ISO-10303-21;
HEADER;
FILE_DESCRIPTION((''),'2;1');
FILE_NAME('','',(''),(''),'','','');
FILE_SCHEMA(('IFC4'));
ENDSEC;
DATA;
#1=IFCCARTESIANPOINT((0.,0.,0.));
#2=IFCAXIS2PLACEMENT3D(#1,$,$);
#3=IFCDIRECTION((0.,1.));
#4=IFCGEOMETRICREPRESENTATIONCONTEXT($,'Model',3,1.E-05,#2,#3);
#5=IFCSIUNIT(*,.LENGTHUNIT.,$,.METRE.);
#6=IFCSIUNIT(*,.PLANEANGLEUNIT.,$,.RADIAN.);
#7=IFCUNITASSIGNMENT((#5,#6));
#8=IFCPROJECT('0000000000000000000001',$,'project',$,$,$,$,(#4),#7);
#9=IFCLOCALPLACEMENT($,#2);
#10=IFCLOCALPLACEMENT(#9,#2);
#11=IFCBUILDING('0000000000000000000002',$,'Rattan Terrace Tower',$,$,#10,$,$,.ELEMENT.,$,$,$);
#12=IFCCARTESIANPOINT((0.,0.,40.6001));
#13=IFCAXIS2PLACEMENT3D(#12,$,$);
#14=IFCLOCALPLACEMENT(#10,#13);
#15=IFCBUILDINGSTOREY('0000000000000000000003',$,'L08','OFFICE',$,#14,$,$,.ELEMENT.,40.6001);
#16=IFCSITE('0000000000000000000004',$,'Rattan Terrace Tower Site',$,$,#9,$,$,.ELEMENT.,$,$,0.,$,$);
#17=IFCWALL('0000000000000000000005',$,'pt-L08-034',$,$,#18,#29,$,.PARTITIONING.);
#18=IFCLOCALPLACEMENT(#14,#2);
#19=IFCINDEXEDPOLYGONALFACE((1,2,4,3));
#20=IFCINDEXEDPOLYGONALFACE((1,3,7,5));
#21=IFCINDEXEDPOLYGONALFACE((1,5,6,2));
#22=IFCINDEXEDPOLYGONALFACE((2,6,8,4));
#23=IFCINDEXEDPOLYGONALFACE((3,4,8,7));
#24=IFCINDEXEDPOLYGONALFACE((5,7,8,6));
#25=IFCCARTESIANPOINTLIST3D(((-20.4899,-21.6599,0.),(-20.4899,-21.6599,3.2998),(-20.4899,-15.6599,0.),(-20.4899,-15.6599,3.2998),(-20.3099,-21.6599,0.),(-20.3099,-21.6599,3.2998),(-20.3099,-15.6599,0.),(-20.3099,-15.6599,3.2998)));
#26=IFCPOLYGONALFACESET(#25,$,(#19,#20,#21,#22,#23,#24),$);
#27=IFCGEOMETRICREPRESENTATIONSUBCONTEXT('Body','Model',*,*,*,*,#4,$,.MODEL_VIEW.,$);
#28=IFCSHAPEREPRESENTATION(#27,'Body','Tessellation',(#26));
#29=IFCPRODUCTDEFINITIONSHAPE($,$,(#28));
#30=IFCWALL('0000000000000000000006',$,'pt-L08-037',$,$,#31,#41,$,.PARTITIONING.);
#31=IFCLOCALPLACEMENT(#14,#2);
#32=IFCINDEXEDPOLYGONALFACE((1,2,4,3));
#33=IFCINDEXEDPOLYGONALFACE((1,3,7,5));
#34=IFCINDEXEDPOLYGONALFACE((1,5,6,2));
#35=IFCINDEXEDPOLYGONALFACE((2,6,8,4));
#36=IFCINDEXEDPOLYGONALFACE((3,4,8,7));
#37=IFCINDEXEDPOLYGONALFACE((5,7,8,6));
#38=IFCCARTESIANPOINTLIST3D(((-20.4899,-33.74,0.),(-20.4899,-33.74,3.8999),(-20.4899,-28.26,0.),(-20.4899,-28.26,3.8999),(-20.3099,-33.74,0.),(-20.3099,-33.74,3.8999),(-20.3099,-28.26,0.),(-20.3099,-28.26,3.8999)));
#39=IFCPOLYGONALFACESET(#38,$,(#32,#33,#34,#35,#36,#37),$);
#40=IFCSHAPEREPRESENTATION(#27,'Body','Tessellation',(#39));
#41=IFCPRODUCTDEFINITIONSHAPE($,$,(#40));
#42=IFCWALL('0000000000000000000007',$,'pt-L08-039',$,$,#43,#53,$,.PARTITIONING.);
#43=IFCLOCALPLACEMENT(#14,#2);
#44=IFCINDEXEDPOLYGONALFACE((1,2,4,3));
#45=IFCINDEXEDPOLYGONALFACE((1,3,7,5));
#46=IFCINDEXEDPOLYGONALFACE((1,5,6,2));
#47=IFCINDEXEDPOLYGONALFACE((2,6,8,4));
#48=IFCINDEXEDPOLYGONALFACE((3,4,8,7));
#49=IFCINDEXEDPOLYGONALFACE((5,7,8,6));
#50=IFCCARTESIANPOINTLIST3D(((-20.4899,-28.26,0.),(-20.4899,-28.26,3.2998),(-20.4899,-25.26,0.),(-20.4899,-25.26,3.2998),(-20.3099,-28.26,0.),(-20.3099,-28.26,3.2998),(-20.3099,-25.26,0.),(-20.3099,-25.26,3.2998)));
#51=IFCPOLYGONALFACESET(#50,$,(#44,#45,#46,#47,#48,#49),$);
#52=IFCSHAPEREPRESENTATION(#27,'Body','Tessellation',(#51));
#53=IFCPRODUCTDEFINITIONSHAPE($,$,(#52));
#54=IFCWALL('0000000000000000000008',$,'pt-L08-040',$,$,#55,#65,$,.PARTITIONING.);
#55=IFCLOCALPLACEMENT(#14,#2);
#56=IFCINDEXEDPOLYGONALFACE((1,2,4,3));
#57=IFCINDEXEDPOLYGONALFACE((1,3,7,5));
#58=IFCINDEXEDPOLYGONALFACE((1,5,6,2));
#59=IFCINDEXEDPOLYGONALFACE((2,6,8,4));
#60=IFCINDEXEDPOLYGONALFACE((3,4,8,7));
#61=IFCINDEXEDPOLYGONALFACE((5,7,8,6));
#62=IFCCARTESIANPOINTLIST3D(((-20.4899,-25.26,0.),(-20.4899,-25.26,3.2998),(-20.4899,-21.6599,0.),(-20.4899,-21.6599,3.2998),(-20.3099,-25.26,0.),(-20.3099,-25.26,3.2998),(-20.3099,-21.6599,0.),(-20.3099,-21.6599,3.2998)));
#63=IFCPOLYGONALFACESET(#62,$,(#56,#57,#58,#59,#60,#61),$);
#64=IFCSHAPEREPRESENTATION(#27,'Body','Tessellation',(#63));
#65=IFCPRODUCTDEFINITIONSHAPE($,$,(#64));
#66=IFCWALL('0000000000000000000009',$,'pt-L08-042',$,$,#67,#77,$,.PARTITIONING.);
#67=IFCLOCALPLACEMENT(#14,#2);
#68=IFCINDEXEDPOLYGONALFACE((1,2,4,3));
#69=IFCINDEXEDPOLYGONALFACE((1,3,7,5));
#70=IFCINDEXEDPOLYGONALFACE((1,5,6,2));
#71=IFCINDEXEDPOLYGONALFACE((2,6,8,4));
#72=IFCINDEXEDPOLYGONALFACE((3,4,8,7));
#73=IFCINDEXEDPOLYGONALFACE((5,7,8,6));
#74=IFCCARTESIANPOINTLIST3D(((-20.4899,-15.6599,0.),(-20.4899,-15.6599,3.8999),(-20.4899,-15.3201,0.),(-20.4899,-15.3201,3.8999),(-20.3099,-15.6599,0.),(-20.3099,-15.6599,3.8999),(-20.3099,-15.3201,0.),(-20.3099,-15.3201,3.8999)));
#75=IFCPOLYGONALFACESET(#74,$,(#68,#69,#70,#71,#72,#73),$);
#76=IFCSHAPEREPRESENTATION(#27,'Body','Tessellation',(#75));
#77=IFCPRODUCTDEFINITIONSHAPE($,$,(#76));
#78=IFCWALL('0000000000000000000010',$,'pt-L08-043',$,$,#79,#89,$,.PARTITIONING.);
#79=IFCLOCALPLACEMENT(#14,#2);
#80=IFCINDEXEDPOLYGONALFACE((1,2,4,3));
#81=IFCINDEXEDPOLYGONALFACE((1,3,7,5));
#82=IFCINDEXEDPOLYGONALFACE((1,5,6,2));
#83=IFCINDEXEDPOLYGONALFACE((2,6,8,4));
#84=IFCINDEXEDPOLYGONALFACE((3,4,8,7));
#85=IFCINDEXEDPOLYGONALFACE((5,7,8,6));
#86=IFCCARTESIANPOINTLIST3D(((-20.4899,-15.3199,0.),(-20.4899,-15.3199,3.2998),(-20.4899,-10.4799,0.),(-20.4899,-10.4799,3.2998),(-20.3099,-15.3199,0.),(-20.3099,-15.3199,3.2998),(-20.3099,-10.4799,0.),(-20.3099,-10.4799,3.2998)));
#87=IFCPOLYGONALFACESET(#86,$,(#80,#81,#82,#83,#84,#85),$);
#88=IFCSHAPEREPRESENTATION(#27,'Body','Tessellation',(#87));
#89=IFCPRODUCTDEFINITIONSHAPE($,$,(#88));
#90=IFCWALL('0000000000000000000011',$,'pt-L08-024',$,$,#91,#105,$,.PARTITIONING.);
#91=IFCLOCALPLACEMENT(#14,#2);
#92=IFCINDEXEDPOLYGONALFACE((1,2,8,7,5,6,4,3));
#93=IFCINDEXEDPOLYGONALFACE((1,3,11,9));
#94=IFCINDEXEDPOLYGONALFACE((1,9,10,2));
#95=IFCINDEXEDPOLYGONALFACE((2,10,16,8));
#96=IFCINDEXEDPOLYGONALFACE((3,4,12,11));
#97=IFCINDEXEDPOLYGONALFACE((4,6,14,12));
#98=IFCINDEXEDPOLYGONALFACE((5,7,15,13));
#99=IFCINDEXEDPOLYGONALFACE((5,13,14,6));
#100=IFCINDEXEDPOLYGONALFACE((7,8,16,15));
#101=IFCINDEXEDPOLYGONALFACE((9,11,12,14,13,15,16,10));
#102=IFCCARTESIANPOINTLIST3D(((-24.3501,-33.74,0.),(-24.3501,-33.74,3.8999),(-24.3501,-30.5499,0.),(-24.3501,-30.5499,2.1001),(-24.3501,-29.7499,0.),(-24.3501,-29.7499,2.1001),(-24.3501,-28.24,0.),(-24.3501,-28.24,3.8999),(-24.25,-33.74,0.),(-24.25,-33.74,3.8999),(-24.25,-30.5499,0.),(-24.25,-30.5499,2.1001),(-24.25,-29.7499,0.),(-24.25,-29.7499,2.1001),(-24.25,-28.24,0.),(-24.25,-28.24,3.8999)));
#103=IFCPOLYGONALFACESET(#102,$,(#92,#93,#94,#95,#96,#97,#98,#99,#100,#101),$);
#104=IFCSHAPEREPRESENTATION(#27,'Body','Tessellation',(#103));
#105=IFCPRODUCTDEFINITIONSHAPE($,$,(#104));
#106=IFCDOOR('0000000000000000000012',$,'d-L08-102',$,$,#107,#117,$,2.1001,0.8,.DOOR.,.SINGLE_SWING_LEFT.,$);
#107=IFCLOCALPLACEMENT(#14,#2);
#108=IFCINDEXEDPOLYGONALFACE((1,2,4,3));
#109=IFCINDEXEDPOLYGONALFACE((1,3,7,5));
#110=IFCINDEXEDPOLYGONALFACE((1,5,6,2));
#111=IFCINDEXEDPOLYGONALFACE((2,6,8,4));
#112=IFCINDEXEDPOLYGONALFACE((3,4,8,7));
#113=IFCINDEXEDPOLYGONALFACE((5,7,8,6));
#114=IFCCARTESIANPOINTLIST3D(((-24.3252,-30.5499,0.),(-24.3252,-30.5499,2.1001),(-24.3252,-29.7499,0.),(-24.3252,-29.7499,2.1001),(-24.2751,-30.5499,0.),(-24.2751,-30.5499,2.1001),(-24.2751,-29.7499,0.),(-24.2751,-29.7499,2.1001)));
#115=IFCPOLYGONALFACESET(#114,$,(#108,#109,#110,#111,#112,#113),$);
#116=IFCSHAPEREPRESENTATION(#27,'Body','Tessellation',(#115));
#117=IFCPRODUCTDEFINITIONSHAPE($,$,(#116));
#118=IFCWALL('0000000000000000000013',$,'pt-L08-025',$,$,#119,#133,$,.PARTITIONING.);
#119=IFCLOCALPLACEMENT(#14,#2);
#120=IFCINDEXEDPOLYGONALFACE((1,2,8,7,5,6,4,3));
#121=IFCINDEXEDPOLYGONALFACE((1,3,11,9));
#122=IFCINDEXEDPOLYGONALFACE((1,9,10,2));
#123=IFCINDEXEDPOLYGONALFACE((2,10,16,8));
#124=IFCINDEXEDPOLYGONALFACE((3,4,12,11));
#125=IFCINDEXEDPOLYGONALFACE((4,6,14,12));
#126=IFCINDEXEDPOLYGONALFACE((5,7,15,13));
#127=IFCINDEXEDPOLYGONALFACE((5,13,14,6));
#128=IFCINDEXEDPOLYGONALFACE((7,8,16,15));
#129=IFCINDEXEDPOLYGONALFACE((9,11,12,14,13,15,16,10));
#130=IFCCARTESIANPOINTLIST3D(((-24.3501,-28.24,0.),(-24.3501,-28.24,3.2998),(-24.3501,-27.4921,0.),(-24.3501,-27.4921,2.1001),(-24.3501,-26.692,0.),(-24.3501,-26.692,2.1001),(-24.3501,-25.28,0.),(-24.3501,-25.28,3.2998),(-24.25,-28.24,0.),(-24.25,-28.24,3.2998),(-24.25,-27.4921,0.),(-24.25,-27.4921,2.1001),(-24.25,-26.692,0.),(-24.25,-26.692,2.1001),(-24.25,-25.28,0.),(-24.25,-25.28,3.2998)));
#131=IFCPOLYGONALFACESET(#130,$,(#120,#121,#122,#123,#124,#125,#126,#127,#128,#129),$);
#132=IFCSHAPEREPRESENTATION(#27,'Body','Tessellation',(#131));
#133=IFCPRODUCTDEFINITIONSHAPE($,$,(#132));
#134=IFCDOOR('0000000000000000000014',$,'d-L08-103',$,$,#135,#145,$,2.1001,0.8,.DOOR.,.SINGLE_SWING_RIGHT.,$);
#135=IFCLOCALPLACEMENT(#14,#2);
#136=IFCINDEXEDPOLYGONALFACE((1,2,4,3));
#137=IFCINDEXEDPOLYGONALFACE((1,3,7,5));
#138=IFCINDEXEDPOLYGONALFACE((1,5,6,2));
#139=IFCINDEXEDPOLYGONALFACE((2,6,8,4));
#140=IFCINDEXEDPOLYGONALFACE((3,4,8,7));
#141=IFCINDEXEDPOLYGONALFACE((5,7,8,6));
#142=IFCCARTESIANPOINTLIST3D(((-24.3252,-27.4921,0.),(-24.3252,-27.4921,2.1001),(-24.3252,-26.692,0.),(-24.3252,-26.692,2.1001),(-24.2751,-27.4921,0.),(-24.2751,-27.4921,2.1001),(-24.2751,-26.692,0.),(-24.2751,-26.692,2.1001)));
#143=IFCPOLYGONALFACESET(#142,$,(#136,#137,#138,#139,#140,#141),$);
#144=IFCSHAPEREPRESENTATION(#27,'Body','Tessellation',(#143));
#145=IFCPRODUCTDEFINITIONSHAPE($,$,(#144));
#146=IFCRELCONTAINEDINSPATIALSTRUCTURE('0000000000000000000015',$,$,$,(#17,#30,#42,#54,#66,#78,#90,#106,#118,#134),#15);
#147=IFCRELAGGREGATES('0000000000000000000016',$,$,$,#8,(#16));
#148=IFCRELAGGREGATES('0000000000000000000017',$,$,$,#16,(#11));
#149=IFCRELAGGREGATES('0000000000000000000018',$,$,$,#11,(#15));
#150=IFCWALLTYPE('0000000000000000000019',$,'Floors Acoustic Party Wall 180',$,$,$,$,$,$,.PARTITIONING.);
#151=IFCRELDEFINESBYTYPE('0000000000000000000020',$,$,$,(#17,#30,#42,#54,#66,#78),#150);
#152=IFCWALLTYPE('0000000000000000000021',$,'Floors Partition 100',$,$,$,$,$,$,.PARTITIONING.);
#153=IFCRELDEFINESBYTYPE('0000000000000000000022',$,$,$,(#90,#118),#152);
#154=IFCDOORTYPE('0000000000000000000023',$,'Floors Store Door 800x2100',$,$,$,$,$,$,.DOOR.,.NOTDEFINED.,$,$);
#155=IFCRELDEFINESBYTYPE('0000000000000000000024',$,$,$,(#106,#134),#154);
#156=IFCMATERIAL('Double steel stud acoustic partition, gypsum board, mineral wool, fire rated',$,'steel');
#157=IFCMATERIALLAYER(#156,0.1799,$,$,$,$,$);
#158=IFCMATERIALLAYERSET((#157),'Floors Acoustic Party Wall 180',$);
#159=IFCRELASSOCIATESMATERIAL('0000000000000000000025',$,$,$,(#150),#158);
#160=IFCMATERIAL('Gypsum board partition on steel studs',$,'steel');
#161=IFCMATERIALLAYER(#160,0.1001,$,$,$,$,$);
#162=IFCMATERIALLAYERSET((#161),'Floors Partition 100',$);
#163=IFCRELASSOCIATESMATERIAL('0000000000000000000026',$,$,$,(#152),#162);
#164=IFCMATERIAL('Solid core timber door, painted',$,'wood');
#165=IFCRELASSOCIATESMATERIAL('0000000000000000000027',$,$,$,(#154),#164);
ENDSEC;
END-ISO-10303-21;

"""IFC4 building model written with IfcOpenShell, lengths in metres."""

from ifc_helpers import new_model, si_unit, direction, frame, frame_2d, origin, place, context, subcontext, project, spatial, rectangle, extrude, material, layer, layer_set, type_object, element, fill, save


model = new_model("IFC4")

# Units and contexts
model_context = context("Model", 3, precision=1e-05, world=origin(), true_north=direction((0.0, 1.0)))
body_context = subcontext(model_context, "Body", "Model", "MODEL_VIEW")
ifc_project = project(units=[si_unit("LENGTHUNIT", "METRE"), si_unit("PLANEANGLEUNIT", "RADIAN")], contexts=[model_context])

# Site, building, storey
site_placement = place(None, origin())
site = spatial("IfcSite", under=ifc_project, at=site_placement, Name="Rattan Terrace Tower Site", CompositionType="ELEMENT", RefElevation=0.0)
building_placement = place(site_placement, origin())
building = spatial("IfcBuilding", under=site, at=building_placement, Name="Rattan Terrace Tower", CompositionType="ELEMENT")
storey_placement = place(building_placement, frame((0.0, 0.0, 40.6001)))
storey = spatial("IfcBuildingStorey", under=building, at=storey_placement, Name="L08", Description="OFFICE", CompositionType="ELEMENT", Elevation=40.6001)

# Walls
ifc_material_1 = material(Name="Double steel stud acoustic partition, gypsum board, mineral wool, fire rated", Category="steel")
ifc_layer_1 = layer(ifc_material_1, 0.1799)
ifc_layer_set_1 = layer_set([ifc_layer_1], Name="Floors Acoustic Party Wall 180")
wall_type_1 = type_object("IfcWallType", Name="Floors Acoustic Party Wall 180", PredefinedType="PARTITIONING", material=ifc_layer_set_1)
wall_1_placement = place(storey_placement, frame((-20.3999, -15.6599, 0.0), z_axis=(0.0, 0.0, 1.0), x_axis=(0.0, -1.0, 0.0)))
element("IfcWall", 1, at=wall_1_placement, inside=storey, type_object=wall_type_1, Name="pt-L08-034", PredefinedType="PARTITIONING", context=body_context, shape_type="SweptSolid", body=[
    extrude(rectangle(XDim=6.0, YDim=0.1799, at=frame_2d((3.0, 0.0))), origin(), (0.0, 0.0, 1.0), 3.2998),
])
wall_2_placement = place(storey_placement, frame((-20.3999, -28.26, 0.0), z_axis=(0.0, 0.0, 1.0), x_axis=(0.0, -1.0, 0.0)))
element("IfcWall", 2, at=wall_2_placement, inside=storey, type_object=wall_type_1, Name="pt-L08-037", PredefinedType="PARTITIONING", context=body_context, shape_type="SweptSolid", body=[
    extrude(rectangle(XDim=5.48, YDim=0.1799, at=frame_2d((2.74, 0.0))), origin(), (0.0, 0.0, 1.0), 3.8999),
])
wall_3_placement = place(storey_placement, frame((-20.3999, -25.26, 0.0), z_axis=(0.0, 0.0, 1.0), x_axis=(0.0, -1.0, 0.0)))
element("IfcWall", 3, at=wall_3_placement, inside=storey, type_object=wall_type_1, Name="pt-L08-039", PredefinedType="PARTITIONING", context=body_context, shape_type="SweptSolid", body=[
    extrude(rectangle(XDim=3.0, YDim=0.1799, at=frame_2d((1.5, 0.0))), origin(), (0.0, 0.0, 1.0), 3.2998),
])
wall_4_placement = place(storey_placement, frame((-20.3999, -21.6599, 0.0), z_axis=(0.0, 0.0, 1.0), x_axis=(0.0, -1.0, 0.0)))
element("IfcWall", 4, at=wall_4_placement, inside=storey, type_object=wall_type_1, Name="pt-L08-040", PredefinedType="PARTITIONING", context=body_context, shape_type="SweptSolid", body=[
    extrude(rectangle(XDim=3.6001, YDim=0.1799, at=frame_2d((1.8, 0.0))), origin(), (0.0, 0.0, 1.0), 3.2998),
])
wall_5_placement = place(storey_placement, frame((-20.3999, -15.3201, 0.0), z_axis=(0.0, 0.0, 1.0), x_axis=(0.0, -1.0, 0.0)))
element("IfcWall", 5, at=wall_5_placement, inside=storey, type_object=wall_type_1, Name="pt-L08-042", PredefinedType="PARTITIONING", context=body_context, shape_type="SweptSolid", body=[
    extrude(rectangle(XDim=0.3398, YDim=0.1799, at=frame_2d((0.1699, 0.0))), origin(), (0.0, 0.0, 1.0), 3.8999),
])
wall_6_placement = place(storey_placement, frame((-20.3999, -10.48, 0.0), z_axis=(0.0, 0.0, 1.0), x_axis=(0.0, -1.0, 0.0)))
element("IfcWall", 6, at=wall_6_placement, inside=storey, type_object=wall_type_1, Name="pt-L08-043", PredefinedType="PARTITIONING", context=body_context, shape_type="SweptSolid", body=[
    extrude(rectangle(XDim=4.8401, YDim=0.1799, at=frame_2d((2.4199, 0.0))), origin(), (0.0, 0.0, 1.0), 3.2998),
])

# Walls, openings, doors
ifc_material_2 = material(Name="Gypsum board partition on steel studs", Category="steel")
ifc_layer_2 = layer(ifc_material_2, 0.1001)
ifc_layer_set_2 = layer_set([ifc_layer_2], Name="Floors Partition 100")
wall_type_2 = type_object("IfcWallType", Name="Floors Partition 100", PredefinedType="PARTITIONING", material=ifc_layer_set_2)
wall_7_placement = place(storey_placement, frame((-24.3, -28.24, 0.0), z_axis=(0.0, 0.0, 1.0), x_axis=(0.0, -1.0, 0.0)))
wall_7 = element("IfcWall", 7, at=wall_7_placement, inside=storey, type_object=wall_type_2, Name="pt-L08-024", PredefinedType="PARTITIONING", context=body_context, shape_type="SweptSolid", body=[
    extrude(rectangle(XDim=5.5, YDim=0.1001, at=frame_2d((2.75, 0.0))), origin(), (0.0, 0.0, 1.0), 3.8999),
])
opening_1_placement = place(wall_7_placement, frame((1.51, 0.0, 0.0)))
opening_1 = element("IfcOpeningElement", 8, at=opening_1_placement, cuts=wall_7, PredefinedType="OPENING", context=body_context, shape_type="SweptSolid", body=[
    extrude(rectangle(XDim=0.8, YDim=2.1001, at=frame_2d((0.3999, 1.05))), frame((0.0, 0.0605, 0.0), z_axis=(0.0, -1.0, 0.0), x_axis=(1.0, 0.0, 0.0)), (0.0, 0.0, 1.0), 0.1211),
])
ifc_material_3 = material(Name="Solid core timber door, painted", Category="wood")
door_type_1 = type_object("IfcDoorType", Name="Floors Store Door 800x2100", OperationType="NOTDEFINED", PredefinedType="DOOR", material=ifc_material_3)
door_1_placement = place(opening_1_placement, origin())
door_1 = element("IfcDoor", 9, at=door_1_placement, inside=storey, type_object=door_type_1, Name="d-L08-102", OperationType="SINGLE_SWING_LEFT", OverallHeight=2.1001, OverallWidth=0.8, PredefinedType="DOOR", context=body_context, shape_type="SweptSolid", body=[
    extrude(rectangle(XDim=0.8, YDim=2.1001, at=frame_2d((0.3999, 1.05))), frame((0.0, 0.0249, 0.0), z_axis=(0.0, -1.0, 0.0), x_axis=(1.0, 0.0, 0.0)), (0.0, 0.0, 1.0), 0.05),
])
fill(opening_1, door_1)
wall_8_placement = place(storey_placement, frame((-24.3, -25.28, 0.0), z_axis=(0.0, 0.0, 1.0), x_axis=(0.0, -1.0, 0.0)))
wall_8 = element("IfcWall", 10, at=wall_8_placement, inside=storey, type_object=wall_type_2, Name="pt-L08-025", PredefinedType="PARTITIONING", context=body_context, shape_type="SweptSolid", body=[
    extrude(rectangle(XDim=2.96, YDim=0.1001, at=frame_2d((1.48, 0.0))), origin(), (0.0, 0.0, 1.0), 3.2998),
])
opening_2_placement = place(wall_8_placement, frame((1.4121, 0.0, 0.0)))
opening_2 = element("IfcOpeningElement", 11, at=opening_2_placement, cuts=wall_8, PredefinedType="OPENING", context=body_context, shape_type="SweptSolid", body=[
    extrude(rectangle(XDim=0.8, YDim=2.1001, at=frame_2d((0.3999, 1.05))), frame((0.0, 0.0605, 0.0), z_axis=(0.0, -1.0, 0.0), x_axis=(1.0, 0.0, 0.0)), (0.0, 0.0, 1.0), 0.1211),
])
door_2_placement = place(opening_2_placement, origin())
door_2 = element("IfcDoor", 12, at=door_2_placement, inside=storey, type_object=door_type_1, Name="d-L08-103", OperationType="SINGLE_SWING_RIGHT", OverallHeight=2.1001, OverallWidth=0.8, PredefinedType="DOOR", context=body_context, shape_type="SweptSolid", body=[
    extrude(rectangle(XDim=0.8, YDim=2.1001, at=frame_2d((0.3999, 1.05))), frame((0.0, 0.0249, 0.0), z_axis=(0.0, -1.0, 0.0), x_axis=(1.0, 0.0, 0.0)), (0.0, 0.0, 1.0), 0.05),
])
fill(opening_2, door_2)

save(model, "model.ifc")
